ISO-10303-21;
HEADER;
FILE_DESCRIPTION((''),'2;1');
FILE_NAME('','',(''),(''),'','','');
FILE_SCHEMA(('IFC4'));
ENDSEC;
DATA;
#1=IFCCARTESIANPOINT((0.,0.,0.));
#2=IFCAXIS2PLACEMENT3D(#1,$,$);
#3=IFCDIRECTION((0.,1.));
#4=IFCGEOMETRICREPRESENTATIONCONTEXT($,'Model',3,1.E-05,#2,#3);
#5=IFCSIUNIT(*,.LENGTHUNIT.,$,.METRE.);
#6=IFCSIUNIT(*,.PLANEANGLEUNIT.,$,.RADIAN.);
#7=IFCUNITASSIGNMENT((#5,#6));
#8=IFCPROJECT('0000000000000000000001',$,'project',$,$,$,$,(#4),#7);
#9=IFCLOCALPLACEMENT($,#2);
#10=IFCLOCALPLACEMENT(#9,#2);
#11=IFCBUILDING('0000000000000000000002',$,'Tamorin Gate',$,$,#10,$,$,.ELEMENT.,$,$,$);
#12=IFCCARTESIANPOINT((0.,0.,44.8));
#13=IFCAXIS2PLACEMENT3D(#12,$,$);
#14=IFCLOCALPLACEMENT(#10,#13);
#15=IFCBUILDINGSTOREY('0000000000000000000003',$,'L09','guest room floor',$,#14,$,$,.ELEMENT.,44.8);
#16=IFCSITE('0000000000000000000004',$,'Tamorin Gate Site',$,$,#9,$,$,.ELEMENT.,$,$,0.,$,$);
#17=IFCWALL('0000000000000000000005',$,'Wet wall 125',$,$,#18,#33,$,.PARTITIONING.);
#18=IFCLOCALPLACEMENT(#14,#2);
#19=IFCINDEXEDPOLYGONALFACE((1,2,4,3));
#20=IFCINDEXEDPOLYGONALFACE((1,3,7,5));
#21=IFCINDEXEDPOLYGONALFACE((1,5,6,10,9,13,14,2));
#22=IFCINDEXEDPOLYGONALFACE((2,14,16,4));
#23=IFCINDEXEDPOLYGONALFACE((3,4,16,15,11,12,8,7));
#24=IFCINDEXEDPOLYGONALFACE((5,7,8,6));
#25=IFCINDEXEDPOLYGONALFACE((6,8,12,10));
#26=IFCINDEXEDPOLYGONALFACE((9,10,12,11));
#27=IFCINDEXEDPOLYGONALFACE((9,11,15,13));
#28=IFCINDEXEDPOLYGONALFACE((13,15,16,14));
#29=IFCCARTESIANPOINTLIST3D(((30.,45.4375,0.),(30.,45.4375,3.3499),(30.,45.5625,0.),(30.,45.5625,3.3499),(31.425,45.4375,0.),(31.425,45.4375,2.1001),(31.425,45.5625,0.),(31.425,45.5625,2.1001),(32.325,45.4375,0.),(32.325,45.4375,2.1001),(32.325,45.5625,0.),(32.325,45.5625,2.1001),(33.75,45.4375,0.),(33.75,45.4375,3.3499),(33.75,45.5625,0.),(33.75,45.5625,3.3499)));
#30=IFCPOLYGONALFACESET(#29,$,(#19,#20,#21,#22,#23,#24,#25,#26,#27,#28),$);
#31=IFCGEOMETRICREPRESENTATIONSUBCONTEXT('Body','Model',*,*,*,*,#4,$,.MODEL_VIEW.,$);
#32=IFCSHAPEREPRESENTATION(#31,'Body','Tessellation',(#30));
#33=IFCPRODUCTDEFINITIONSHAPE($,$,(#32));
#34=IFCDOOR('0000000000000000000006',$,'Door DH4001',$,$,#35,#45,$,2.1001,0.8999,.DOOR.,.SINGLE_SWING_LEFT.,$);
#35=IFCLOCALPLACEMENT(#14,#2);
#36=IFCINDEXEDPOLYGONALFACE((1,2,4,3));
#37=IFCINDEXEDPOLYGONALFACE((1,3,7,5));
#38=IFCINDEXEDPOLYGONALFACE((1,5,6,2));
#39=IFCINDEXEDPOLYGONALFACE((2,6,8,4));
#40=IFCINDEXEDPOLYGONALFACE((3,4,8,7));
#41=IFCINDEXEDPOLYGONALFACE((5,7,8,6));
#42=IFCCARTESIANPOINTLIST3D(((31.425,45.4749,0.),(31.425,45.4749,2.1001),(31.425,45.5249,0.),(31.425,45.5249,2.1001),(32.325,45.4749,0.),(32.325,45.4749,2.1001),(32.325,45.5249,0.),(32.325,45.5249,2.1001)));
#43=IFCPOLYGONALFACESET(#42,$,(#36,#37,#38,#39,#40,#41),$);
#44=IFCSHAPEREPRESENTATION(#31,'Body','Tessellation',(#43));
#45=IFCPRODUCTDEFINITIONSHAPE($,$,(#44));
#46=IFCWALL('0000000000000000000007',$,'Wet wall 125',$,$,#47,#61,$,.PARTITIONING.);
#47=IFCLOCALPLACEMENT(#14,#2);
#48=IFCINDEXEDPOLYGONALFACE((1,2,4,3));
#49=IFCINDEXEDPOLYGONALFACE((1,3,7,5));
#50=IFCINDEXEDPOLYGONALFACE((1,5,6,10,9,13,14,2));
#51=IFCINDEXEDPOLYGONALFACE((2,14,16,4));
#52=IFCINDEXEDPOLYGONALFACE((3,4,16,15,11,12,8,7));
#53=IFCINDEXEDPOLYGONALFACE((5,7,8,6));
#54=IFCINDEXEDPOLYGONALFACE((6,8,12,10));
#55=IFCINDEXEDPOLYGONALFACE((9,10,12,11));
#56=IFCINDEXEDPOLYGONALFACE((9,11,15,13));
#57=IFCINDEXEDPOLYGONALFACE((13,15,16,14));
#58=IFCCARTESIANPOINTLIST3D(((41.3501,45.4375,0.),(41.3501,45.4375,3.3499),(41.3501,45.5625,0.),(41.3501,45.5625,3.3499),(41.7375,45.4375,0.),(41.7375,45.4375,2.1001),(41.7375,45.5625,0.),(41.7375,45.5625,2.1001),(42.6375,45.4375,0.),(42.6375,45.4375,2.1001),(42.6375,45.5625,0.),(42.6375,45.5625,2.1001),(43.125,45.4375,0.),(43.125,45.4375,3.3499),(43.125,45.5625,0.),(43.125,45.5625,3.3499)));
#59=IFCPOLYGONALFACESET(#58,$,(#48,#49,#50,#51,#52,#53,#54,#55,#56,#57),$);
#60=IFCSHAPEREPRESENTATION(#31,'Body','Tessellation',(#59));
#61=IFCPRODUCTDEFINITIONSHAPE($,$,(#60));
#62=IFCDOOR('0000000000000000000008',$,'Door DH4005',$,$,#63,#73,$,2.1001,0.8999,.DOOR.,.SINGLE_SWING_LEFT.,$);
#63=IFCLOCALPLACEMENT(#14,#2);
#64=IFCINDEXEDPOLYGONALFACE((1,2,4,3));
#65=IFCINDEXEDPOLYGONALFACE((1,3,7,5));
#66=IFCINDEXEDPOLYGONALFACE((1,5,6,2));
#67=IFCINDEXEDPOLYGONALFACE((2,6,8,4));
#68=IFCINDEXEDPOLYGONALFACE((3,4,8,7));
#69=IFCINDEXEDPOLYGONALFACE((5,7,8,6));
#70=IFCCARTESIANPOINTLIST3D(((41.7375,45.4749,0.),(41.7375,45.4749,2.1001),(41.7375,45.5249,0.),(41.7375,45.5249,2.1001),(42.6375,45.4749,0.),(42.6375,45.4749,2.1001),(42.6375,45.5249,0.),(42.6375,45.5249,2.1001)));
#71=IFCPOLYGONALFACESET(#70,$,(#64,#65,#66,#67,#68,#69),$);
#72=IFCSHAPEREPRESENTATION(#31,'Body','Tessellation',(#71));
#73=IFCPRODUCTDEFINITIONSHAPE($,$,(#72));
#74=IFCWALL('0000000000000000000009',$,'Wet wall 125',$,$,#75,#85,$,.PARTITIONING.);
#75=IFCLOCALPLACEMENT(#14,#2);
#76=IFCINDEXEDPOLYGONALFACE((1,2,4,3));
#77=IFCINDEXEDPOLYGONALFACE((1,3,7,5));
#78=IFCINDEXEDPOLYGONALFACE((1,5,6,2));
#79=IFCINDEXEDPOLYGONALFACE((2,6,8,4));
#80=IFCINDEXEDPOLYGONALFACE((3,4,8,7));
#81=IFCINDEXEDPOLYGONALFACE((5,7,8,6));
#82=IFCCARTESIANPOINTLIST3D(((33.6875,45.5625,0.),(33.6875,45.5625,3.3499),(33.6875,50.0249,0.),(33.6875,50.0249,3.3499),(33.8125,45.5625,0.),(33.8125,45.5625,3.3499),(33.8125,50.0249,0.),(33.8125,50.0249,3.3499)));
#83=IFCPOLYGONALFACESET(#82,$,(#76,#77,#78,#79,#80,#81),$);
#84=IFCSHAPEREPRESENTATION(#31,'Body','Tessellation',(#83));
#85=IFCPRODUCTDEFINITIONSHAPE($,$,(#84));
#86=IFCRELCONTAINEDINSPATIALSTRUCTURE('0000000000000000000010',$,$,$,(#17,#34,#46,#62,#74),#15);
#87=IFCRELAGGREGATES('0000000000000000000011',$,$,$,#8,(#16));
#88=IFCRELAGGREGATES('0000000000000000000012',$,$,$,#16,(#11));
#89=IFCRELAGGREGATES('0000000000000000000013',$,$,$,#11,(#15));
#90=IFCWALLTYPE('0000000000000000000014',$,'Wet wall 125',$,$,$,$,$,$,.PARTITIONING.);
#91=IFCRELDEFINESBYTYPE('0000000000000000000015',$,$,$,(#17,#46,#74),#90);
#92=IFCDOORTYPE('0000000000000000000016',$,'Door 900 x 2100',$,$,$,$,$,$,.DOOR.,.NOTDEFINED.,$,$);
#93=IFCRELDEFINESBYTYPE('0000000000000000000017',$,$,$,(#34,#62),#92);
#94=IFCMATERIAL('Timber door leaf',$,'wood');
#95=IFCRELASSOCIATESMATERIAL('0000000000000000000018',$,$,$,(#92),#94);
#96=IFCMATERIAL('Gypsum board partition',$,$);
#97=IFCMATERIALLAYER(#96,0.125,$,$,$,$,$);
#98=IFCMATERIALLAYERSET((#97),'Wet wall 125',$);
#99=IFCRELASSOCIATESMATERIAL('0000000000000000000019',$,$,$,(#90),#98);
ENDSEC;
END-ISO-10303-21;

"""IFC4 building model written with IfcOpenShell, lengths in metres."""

from ifc_helpers import new_model, si_unit, direction, frame, frame_2d, origin, place, context, subcontext, project, spatial, rectangle, extrude, material, layer, layer_set, type_object, element, fill, save


model = new_model("IFC4")

# Units and contexts
model_context = context("Model", 3, precision=1e-05, world=origin(), true_north=direction((0.0, 1.0)))
body_context = subcontext(model_context, "Body", "Model", "MODEL_VIEW")
ifc_project = project(units=[si_unit("LENGTHUNIT", "METRE"), si_unit("PLANEANGLEUNIT", "RADIAN")], contexts=[model_context])

# Site, building, storey
site_placement = place(None, origin())
site = spatial("IfcSite", under=ifc_project, at=site_placement, Name="Tamorin Gate Site", CompositionType="ELEMENT", RefElevation=0.0)
building_placement = place(site_placement, origin())
building = spatial("IfcBuilding", under=site, at=building_placement, Name="Tamorin Gate", CompositionType="ELEMENT")
storey_placement = place(building_placement, frame((0.0, 0.0, 44.8)))
storey = spatial("IfcBuildingStorey", under=building, at=storey_placement, Name="L09", Description="guest room floor", CompositionType="ELEMENT", Elevation=44.8)

# Walls, openings, doors
ifc_material_1 = material(Name="Gypsum board partition")
ifc_material_2 = material(Name="Timber door leaf", Category="wood")
door_type = type_object("IfcDoorType", Name="Door 900 x 2100", OperationType="NOTDEFINED", PredefinedType="DOOR", material=ifc_material_2)
ifc_layer_1 = layer(ifc_material_1, 0.125)
ifc_layer_set_1 = layer_set([ifc_layer_1], Name="Wet wall 125")
wall_type_1 = type_object("IfcWallType", Name="Wet wall 125", PredefinedType="PARTITIONING", material=ifc_layer_set_1)
wall_1_placement = place(storey_placement, frame((30.0, 45.5, 0.0), z_axis=(0.0, 0.0, 1.0), x_axis=(1.0, 0.0, 0.0)))
wall_1 = element("IfcWall", 1, at=wall_1_placement, inside=storey, type_object=wall_type_1, Name="Wet wall 125", PredefinedType="PARTITIONING", context=body_context, shape_type="SweptSolid", body=[
    extrude(rectangle(XDim=3.75, YDim=0.125, at=frame_2d((1.875, 0.0))), origin(), (0.0, 0.0, 1.0), 3.3499),
])
opening_1_placement = place(wall_1_placement, frame((1.425, 0.0, 0.0)))
opening_1 = element("IfcOpeningElement", 2, at=opening_1_placement, cuts=wall_1, PredefinedType="OPENING", context=body_context, shape_type="SweptSolid", body=[
    extrude(rectangle(XDim=0.8999, YDim=2.1001, at=frame_2d((0.45, 1.05))), frame((0.0, 0.0725, 0.0), z_axis=(0.0, -1.0, 0.0), x_axis=(1.0, 0.0, 0.0)), (0.0, 0.0, 1.0), 0.145),
])
door_1_placement = place(opening_1_placement, origin())
door_1 = element("IfcDoor", 3, at=door_1_placement, inside=storey, type_object=door_type, Name="Door DH4001", OperationType="SINGLE_SWING_LEFT", OverallHeight=2.1001, OverallWidth=0.8999, PredefinedType="DOOR", context=body_context, shape_type="SweptSolid", body=[
    extrude(rectangle(XDim=0.8999, YDim=2.1001, at=frame_2d((0.45, 1.05))), frame((0.0, 0.0249, 0.0), z_axis=(0.0, -1.0, 0.0), x_axis=(1.0, 0.0, 0.0)), (0.0, 0.0, 1.0), 0.05),
])
fill(opening_1, door_1)
wall_2_placement = place(storey_placement, frame((41.3501, 45.5, 0.0), z_axis=(0.0, 0.0, 1.0), x_axis=(1.0, 0.0, 0.0)))
wall_2 = element("IfcWall", 4, at=wall_2_placement, inside=storey, type_object=wall_type_1, Name="Wet wall 125", PredefinedType="PARTITIONING", context=body_context, shape_type="SweptSolid", body=[
    extrude(rectangle(XDim=1.7749, YDim=0.125, at=frame_2d((0.8875, 0.0))), origin(), (0.0, 0.0, 1.0), 3.3499),
])
opening_2_placement = place(wall_2_placement, frame((0.3875, 0.0, 0.0)))
opening_2 = element("IfcOpeningElement", 5, at=opening_2_placement, cuts=wall_2, PredefinedType="OPENING", context=body_context, shape_type="SweptSolid", body=[
    extrude(rectangle(XDim=0.8999, YDim=2.1001, at=frame_2d((0.45, 1.05))), frame((0.0, 0.0725, 0.0), z_axis=(0.0, -1.0, 0.0), x_axis=(1.0, 0.0, 0.0)), (0.0, 0.0, 1.0), 0.145),
])
door_2_placement = place(opening_2_placement, origin())
door_2 = element("IfcDoor", 6, at=door_2_placement, inside=storey, type_object=door_type, Name="Door DH4005", OperationType="SINGLE_SWING_LEFT", OverallHeight=2.1001, OverallWidth=0.8999, PredefinedType="DOOR", context=body_context, shape_type="SweptSolid", body=[
    extrude(rectangle(XDim=0.8999, YDim=2.1001, at=frame_2d((0.45, 1.05))), frame((0.0, 0.0249, 0.0), z_axis=(0.0, -1.0, 0.0), x_axis=(1.0, 0.0, 0.0)), (0.0, 0.0, 1.0), 0.05),
])
fill(opening_2, door_2)

# Wall
wall_3_placement = place(storey_placement, frame((33.75, 45.5625, 0.0), z_axis=(0.0, 0.0, 1.0), x_axis=(0.0, 1.0, 0.0)))
element("IfcWall", 7, at=wall_3_placement, inside=storey, type_object=wall_type_1, Name="Wet wall 125", PredefinedType="PARTITIONING", context=body_context, shape_type="SweptSolid", body=[
    extrude(rectangle(XDim=4.4624, YDim=0.125, at=frame_2d((2.2312, 0.0))), origin(), (0.0, 0.0, 1.0), 3.3499),
])

save(model, "model.ifc")
